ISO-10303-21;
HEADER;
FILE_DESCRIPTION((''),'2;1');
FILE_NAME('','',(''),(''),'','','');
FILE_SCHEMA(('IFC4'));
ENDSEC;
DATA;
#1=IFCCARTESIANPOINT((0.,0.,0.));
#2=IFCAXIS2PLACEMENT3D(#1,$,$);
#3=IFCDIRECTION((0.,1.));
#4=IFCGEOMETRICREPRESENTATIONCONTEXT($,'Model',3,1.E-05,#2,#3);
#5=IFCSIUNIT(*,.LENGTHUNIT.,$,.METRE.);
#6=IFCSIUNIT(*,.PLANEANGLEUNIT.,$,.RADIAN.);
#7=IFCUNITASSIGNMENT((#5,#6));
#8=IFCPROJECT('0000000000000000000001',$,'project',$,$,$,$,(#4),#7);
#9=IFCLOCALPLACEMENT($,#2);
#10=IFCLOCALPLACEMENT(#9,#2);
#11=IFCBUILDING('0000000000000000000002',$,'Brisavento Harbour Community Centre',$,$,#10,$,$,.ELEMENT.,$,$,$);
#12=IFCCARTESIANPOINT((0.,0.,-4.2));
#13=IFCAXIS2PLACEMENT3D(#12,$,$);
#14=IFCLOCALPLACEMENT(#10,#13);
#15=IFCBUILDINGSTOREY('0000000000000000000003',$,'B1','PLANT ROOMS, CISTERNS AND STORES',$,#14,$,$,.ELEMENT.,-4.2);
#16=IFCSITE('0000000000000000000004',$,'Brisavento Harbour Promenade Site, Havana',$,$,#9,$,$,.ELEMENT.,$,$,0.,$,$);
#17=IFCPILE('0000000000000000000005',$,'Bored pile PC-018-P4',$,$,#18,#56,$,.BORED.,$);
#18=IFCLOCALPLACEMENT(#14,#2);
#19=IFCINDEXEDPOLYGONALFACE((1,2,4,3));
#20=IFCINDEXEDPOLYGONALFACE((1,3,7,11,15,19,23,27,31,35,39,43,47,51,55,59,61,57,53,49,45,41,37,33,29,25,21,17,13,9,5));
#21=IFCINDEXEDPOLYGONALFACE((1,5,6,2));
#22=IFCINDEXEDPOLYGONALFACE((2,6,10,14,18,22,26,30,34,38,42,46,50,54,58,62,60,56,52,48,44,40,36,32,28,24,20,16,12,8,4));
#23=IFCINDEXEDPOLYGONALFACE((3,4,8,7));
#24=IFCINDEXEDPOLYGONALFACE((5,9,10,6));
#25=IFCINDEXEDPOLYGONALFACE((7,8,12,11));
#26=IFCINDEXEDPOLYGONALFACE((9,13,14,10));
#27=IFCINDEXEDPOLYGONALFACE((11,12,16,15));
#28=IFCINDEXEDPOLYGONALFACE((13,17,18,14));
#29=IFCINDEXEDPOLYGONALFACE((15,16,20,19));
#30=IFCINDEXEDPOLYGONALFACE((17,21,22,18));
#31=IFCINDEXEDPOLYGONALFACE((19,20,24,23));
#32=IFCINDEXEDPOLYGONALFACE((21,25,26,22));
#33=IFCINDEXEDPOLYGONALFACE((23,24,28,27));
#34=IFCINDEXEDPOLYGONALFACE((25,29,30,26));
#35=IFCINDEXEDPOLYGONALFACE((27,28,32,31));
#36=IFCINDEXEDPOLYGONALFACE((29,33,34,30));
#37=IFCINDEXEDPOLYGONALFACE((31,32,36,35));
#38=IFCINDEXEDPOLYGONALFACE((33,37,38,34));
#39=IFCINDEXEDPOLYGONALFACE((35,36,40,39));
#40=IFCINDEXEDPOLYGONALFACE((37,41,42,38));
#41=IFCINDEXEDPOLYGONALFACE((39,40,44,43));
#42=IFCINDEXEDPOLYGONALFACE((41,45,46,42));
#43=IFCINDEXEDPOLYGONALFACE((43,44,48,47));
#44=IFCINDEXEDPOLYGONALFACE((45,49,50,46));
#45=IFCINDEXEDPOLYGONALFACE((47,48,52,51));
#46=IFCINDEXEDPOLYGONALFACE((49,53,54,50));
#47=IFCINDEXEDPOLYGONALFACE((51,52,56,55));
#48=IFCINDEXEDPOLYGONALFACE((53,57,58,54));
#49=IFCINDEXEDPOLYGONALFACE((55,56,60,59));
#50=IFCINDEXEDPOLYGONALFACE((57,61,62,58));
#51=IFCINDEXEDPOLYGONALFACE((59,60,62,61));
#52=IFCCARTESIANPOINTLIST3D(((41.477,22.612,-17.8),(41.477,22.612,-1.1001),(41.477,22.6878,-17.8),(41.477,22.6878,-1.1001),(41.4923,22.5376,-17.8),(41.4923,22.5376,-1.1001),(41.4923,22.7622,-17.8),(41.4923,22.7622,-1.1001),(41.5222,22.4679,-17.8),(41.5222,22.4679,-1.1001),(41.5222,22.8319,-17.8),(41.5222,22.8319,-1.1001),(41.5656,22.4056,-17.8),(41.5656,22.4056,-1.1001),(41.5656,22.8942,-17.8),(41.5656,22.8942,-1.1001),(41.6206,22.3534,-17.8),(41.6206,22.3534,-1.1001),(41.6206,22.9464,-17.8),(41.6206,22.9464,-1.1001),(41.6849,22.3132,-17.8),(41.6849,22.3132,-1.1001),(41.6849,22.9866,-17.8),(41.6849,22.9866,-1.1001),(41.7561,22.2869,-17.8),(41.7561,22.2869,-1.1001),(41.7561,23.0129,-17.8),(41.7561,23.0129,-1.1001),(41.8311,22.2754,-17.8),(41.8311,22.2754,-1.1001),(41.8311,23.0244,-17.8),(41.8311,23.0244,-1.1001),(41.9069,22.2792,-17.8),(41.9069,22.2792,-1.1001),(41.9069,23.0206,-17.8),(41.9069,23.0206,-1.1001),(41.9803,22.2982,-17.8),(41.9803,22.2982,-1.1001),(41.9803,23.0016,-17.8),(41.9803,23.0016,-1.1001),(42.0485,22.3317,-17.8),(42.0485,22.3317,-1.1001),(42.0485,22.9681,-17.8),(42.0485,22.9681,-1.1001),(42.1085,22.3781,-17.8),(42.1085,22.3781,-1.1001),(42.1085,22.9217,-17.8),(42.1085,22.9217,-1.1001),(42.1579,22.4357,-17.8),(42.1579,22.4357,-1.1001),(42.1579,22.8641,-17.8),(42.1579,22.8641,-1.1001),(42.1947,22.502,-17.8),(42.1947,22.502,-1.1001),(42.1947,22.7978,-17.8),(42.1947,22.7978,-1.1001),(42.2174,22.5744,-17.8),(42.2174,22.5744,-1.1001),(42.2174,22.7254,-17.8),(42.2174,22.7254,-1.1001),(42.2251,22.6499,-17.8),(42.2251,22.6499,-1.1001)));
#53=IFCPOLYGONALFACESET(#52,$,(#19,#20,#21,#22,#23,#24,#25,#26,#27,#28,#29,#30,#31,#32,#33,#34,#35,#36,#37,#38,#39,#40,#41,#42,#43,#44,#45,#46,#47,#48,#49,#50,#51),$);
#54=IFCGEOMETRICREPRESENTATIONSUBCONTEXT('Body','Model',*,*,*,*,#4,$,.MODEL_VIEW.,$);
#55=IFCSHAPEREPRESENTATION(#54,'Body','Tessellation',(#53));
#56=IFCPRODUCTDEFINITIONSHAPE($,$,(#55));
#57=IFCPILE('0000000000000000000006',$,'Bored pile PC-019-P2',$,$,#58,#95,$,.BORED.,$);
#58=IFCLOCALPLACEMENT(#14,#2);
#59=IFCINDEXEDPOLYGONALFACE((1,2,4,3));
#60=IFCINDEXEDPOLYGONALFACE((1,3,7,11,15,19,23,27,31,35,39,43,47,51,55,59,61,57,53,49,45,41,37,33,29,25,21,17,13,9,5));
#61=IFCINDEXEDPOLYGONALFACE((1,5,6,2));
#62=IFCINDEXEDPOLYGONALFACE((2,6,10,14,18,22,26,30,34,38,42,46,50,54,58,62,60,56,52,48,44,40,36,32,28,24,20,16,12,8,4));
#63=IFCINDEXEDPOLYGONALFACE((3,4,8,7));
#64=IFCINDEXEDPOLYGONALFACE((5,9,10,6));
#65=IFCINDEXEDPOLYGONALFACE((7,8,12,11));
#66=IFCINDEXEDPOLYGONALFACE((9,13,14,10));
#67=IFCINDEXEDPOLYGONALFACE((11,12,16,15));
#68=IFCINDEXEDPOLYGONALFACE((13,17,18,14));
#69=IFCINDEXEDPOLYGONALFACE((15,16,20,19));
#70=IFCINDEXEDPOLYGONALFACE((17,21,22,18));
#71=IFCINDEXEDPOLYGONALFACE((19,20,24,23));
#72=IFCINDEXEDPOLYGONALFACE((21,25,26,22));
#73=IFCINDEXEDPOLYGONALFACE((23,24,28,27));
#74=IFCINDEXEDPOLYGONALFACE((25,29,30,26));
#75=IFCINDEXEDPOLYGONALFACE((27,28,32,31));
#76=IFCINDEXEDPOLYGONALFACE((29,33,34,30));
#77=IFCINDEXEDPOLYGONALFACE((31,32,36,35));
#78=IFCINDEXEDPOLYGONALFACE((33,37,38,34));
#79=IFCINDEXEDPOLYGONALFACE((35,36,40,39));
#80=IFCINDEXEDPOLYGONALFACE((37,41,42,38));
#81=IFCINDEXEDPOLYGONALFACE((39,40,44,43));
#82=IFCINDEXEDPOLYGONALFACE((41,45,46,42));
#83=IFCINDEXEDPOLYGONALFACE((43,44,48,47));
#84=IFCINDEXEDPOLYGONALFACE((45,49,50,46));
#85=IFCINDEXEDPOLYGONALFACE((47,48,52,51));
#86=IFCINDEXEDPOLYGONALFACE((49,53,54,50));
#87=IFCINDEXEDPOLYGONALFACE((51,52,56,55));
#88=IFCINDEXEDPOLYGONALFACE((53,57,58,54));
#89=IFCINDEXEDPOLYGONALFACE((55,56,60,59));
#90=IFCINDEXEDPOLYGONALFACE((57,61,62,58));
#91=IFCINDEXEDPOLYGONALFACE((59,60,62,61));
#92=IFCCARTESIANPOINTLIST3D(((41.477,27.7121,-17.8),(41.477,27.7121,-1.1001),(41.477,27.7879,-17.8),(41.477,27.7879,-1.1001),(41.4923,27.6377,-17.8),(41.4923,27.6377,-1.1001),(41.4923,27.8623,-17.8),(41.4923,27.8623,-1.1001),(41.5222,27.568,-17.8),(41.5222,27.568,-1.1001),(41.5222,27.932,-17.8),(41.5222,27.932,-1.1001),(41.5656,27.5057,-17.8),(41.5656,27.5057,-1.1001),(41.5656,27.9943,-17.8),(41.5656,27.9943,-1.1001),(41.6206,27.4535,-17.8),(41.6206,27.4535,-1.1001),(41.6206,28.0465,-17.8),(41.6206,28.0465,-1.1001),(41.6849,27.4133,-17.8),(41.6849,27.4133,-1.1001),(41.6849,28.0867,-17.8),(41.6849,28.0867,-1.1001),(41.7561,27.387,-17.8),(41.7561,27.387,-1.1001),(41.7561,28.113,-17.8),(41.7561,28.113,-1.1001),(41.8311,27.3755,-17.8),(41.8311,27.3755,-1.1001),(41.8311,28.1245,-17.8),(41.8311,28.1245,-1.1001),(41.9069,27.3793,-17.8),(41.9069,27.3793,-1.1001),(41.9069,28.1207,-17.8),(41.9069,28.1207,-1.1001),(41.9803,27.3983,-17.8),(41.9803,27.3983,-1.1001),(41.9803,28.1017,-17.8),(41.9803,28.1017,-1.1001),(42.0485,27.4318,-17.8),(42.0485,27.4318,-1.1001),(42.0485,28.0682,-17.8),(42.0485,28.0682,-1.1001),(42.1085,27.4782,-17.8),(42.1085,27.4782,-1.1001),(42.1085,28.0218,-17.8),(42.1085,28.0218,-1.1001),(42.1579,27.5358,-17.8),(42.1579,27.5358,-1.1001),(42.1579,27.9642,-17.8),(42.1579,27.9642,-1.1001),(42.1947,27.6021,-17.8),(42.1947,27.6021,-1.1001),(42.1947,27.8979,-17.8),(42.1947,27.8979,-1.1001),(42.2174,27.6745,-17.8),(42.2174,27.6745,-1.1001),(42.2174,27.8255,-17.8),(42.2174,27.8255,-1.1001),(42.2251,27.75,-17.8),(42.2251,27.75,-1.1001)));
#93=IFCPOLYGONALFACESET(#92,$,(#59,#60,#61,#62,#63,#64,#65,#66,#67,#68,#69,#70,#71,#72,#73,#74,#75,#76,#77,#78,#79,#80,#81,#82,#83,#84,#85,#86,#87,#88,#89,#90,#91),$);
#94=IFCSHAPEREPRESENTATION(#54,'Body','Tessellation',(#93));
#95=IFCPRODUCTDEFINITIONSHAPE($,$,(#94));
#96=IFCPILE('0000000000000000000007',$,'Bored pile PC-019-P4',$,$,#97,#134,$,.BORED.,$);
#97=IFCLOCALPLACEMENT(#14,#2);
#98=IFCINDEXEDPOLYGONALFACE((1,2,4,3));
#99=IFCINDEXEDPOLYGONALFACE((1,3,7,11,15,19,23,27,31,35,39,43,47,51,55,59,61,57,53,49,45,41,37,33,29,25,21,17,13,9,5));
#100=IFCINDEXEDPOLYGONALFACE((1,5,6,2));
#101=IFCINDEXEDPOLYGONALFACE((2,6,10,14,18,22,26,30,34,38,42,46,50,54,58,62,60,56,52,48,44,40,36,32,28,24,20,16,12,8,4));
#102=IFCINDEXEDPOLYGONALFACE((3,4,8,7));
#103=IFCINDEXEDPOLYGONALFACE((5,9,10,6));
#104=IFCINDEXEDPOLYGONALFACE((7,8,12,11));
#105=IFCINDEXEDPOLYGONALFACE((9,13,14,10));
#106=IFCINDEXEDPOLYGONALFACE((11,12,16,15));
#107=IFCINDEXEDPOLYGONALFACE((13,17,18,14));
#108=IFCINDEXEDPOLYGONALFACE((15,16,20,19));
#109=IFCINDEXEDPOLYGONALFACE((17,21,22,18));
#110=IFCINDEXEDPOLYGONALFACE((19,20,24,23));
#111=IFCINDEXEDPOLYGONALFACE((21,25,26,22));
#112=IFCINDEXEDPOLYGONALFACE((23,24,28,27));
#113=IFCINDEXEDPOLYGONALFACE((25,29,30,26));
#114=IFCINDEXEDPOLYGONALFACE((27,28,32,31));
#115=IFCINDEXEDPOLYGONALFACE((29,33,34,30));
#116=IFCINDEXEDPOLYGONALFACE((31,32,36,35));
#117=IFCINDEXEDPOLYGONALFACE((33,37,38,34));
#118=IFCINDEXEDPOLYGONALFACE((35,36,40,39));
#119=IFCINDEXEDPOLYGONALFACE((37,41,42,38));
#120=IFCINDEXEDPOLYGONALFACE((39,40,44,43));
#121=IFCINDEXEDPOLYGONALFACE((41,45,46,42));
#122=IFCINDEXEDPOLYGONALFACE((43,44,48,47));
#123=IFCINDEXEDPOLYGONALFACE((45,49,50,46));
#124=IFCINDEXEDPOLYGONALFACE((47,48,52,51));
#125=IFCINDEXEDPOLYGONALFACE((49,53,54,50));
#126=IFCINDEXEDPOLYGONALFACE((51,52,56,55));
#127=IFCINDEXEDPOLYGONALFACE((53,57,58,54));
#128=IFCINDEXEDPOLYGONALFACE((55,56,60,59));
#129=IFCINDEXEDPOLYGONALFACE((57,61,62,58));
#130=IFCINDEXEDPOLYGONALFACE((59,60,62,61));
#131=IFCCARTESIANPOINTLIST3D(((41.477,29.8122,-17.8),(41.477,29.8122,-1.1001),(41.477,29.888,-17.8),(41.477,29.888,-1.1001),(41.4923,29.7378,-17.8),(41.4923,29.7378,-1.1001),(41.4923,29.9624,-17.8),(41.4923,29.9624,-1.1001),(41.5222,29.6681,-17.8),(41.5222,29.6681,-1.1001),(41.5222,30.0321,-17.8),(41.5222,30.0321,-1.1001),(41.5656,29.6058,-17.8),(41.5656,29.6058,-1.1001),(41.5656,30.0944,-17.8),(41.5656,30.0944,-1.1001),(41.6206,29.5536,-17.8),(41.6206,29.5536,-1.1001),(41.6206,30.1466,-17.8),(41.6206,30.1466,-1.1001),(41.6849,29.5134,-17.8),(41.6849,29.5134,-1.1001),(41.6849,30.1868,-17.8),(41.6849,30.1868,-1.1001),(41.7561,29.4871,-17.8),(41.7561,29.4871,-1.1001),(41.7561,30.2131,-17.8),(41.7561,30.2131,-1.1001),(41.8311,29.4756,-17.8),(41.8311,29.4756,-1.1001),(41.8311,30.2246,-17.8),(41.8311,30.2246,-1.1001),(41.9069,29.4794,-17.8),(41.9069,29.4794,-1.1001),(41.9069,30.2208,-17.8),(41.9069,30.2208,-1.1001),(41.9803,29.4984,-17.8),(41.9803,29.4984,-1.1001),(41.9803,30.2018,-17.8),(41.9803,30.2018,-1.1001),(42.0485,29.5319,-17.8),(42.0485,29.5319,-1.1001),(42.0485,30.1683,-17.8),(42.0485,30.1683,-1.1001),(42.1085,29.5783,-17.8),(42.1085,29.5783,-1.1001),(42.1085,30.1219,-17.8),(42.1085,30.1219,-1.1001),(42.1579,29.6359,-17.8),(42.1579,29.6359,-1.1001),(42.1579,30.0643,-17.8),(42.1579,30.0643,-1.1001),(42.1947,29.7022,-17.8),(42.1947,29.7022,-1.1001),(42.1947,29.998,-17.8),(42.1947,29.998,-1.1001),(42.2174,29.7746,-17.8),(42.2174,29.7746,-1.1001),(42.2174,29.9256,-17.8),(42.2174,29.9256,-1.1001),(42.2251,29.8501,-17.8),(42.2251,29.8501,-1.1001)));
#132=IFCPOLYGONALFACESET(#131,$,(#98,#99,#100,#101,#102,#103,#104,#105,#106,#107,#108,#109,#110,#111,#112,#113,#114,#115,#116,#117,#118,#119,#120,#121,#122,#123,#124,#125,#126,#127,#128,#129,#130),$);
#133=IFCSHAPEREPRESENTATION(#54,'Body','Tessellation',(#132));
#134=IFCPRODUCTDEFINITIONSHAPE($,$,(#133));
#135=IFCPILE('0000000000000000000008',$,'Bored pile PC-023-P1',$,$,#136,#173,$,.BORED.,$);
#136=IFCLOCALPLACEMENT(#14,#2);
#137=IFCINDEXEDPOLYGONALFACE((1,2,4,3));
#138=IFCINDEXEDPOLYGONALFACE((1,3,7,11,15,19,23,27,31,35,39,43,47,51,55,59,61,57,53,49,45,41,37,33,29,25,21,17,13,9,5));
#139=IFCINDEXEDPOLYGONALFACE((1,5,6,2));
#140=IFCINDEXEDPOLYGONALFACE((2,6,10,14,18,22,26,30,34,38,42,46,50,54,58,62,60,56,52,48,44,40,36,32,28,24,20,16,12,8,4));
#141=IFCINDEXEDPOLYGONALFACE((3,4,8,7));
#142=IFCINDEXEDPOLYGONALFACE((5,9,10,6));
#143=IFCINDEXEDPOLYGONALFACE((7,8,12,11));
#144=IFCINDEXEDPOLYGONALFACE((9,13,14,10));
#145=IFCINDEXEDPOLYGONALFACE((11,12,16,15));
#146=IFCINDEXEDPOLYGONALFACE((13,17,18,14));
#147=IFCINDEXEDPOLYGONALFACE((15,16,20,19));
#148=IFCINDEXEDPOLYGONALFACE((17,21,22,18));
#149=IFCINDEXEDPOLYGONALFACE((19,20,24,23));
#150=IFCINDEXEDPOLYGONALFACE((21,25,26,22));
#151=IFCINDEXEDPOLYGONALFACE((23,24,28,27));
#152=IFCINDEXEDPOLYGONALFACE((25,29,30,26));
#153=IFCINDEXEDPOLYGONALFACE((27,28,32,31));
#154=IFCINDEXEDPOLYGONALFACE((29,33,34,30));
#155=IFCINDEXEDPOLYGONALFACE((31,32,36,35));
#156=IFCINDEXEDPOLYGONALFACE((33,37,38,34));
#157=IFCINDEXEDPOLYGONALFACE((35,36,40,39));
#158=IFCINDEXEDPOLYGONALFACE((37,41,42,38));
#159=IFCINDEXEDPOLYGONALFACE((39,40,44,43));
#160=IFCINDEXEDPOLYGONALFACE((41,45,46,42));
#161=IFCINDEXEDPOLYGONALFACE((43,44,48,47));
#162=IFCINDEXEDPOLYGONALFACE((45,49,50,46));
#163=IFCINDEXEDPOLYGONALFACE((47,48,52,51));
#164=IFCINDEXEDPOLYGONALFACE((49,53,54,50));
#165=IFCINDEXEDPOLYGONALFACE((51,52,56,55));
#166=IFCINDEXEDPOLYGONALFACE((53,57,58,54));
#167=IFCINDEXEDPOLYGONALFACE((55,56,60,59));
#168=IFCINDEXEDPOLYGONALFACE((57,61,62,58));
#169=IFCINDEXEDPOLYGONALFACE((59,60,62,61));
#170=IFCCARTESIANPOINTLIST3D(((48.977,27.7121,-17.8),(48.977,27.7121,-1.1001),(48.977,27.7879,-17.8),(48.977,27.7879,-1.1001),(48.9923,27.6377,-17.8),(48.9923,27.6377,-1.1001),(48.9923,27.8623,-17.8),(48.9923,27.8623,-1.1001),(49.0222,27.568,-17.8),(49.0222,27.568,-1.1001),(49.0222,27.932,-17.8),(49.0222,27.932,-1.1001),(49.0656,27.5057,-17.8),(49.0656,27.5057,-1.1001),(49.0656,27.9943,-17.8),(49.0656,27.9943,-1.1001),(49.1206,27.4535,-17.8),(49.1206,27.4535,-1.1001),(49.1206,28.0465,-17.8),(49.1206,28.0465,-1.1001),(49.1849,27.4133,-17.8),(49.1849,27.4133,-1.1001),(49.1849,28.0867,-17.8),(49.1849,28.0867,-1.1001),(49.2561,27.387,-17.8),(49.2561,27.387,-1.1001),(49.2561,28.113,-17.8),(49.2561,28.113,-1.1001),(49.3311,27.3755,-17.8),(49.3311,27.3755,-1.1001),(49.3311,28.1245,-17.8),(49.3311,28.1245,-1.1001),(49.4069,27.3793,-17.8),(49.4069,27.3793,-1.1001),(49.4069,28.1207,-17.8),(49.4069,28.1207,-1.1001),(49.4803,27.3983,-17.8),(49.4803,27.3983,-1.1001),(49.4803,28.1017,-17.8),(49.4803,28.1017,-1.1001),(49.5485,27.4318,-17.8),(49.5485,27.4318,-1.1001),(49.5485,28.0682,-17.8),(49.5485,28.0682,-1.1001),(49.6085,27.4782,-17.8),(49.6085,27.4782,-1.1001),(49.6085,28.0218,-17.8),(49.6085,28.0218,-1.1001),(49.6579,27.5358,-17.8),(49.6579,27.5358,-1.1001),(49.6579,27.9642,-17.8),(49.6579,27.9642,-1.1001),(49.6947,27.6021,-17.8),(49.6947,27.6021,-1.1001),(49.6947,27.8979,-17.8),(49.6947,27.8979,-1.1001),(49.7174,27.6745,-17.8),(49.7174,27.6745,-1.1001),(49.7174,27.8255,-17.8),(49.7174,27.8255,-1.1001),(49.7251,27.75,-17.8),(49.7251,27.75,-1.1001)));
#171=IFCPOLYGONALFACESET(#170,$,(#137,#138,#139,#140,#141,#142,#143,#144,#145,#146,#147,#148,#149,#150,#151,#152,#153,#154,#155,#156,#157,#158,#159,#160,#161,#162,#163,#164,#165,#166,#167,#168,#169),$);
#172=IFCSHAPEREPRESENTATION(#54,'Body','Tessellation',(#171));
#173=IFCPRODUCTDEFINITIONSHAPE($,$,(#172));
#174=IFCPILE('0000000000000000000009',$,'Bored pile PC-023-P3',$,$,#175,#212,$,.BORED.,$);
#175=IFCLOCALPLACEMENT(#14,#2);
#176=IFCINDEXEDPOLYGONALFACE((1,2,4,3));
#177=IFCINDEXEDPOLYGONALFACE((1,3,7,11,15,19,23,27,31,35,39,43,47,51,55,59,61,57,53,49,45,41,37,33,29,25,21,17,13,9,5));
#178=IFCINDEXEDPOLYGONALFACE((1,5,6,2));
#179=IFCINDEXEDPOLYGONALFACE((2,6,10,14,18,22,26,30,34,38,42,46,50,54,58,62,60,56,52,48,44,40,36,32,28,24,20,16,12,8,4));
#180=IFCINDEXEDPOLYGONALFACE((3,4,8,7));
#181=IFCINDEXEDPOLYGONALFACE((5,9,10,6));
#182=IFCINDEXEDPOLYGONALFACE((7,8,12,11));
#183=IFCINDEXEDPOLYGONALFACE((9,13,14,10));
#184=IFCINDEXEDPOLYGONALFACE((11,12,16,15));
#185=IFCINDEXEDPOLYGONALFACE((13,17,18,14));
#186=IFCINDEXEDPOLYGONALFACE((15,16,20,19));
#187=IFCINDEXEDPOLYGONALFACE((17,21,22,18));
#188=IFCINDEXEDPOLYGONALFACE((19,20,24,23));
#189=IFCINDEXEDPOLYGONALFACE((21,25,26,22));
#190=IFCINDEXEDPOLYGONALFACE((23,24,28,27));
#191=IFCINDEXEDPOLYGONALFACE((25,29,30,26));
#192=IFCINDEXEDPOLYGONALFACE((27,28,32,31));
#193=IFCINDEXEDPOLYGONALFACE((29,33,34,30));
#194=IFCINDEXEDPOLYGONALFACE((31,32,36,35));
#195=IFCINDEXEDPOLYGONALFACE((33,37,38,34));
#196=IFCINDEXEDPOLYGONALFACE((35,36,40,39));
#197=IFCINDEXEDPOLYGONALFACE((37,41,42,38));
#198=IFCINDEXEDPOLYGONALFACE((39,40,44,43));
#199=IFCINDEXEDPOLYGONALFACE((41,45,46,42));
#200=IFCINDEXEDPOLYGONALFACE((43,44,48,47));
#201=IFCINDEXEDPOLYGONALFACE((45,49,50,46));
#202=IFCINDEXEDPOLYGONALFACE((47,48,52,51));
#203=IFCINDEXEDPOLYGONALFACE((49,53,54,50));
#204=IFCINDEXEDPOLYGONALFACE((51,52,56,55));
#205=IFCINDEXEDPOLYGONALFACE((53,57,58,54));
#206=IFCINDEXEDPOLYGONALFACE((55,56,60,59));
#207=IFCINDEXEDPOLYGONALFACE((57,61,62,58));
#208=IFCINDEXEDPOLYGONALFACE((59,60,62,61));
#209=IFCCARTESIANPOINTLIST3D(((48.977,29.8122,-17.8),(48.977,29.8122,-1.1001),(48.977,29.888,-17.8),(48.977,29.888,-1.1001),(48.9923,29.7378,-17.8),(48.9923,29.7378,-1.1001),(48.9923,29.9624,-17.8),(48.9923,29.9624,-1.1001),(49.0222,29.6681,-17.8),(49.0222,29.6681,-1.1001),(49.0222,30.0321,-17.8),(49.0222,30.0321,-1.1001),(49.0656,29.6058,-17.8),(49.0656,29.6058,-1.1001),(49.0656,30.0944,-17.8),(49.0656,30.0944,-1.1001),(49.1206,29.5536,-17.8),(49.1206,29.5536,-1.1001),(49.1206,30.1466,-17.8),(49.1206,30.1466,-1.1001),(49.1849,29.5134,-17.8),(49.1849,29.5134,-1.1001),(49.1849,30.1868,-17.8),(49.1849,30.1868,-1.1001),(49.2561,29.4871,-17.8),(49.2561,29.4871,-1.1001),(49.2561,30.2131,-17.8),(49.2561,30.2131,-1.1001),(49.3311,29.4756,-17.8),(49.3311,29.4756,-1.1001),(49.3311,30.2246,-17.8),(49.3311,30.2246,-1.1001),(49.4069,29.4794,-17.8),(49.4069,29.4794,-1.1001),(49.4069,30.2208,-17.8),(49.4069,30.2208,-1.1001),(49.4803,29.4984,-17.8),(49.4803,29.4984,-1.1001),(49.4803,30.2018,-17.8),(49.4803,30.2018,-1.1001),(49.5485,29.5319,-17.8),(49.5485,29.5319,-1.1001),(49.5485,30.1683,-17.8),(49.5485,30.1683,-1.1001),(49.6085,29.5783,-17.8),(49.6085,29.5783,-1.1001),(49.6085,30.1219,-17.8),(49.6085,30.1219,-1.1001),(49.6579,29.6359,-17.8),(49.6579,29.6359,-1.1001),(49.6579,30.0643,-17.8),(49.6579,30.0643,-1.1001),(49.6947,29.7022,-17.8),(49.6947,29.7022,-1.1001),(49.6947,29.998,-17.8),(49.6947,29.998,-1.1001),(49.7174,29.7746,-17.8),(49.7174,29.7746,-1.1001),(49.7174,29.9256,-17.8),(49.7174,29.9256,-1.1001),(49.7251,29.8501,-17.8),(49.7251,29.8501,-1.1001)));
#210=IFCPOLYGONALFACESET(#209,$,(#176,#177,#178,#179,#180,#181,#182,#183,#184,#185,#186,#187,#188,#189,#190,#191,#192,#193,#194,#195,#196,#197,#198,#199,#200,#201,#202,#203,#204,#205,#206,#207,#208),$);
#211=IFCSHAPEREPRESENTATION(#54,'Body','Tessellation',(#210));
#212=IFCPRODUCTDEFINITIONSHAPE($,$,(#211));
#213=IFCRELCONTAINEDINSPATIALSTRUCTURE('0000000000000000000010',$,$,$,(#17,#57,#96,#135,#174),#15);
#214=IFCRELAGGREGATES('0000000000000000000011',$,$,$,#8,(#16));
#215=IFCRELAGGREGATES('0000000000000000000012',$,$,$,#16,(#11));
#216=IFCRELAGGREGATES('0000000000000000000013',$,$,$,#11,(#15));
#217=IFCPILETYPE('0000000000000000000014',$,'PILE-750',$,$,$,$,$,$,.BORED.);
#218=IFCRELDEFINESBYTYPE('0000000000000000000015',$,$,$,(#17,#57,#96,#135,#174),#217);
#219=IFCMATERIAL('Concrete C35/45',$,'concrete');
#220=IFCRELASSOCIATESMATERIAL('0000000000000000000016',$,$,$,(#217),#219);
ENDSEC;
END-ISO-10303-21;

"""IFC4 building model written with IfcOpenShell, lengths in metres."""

from ifc_helpers import new_model, si_unit, direction, frame, origin, origin_2d, place, context, subcontext, project, spatial, circle, extrude, material, material_profile, profile_set, type_object, element, save


model = new_model("IFC4")

# Units and contexts
model_context = context("Model", 3, precision=1e-05, world=origin(), true_north=direction((0.0, 1.0)))
body_context = subcontext(model_context, "Body", "Model", "MODEL_VIEW")
ifc_project = project(units=[si_unit("LENGTHUNIT", "METRE"), si_unit("PLANEANGLEUNIT", "RADIAN")], contexts=[model_context])

# Site, building, storey
site_placement = place(None, origin())
site = spatial("IfcSite", under=ifc_project, at=site_placement, Name="Brisavento Harbour Promenade Site, Havana", CompositionType="ELEMENT", RefElevation=0.0)
building_placement = place(site_placement, origin())
building = spatial("IfcBuilding", under=site, at=building_placement, Name="Brisavento Harbour Community Centre", CompositionType="ELEMENT")
storey_placement = place(building_placement, frame((0.0, 0.0, -4.2)))
storey = spatial("IfcBuildingStorey", under=building, at=storey_placement, Name="B1", Description="PLANT ROOMS, CISTERNS AND STORES", CompositionType="ELEMENT", Elevation=-4.2)

# Shared definitions
ifc_material_1 = material(Name="Concrete C35/45", Category="concrete")

# Piles
ifc_material_profile_1 = material_profile(ifc_material_1, circle(Radius=0.375, at=origin_2d()), Name="Concrete C35/45")
ifc_profile_set_1 = profile_set([ifc_material_profile_1], Name="Concrete C35/45")
pile_type = type_object("IfcPileType", Name="PILE-750", PredefinedType="BORED", material=ifc_profile_set_1)
for number, where, z_axis, x_axis, name in (
    (1, (41.8501, 22.6499, -1.1001), (0.0, 0.0, -1.0), (1.0, 0.0, 0.0), "Bored pile PC-018-P4"),
    (2, (41.8501, 27.75, -1.1001), (0.0, 0.0, -1.0), (1.0, 0.0, 0.0), "Bored pile PC-019-P2"),
    (3, (41.8501, 29.8501, -1.1001), (0.0, 0.0, -1.0), (1.0, 0.0, 0.0), "Bored pile PC-019-P4"),
    (4, (49.3501, 27.75, -1.1001), (0.0, 0.0, -1.0), (1.0, 0.0, 0.0), "Bored pile PC-023-P1"),
    (5, (49.3501, 29.8501, -1.1001), (0.0, 0.0, -1.0), (1.0, 0.0, 0.0), "Bored pile PC-023-P3"),
):
    element("IfcPile", number, at=place(storey_placement, frame(where, z_axis=z_axis, x_axis=x_axis)), inside=storey, type_object=pile_type, Name=name, PredefinedType="BORED", context=body_context, shape_type="SweptSolid", body=[
        extrude(circle(Radius=0.375, at=origin_2d()), origin(), (0.0, 0.0, 1.0), 16.7),
    ])

save(model, "model.ifc")
